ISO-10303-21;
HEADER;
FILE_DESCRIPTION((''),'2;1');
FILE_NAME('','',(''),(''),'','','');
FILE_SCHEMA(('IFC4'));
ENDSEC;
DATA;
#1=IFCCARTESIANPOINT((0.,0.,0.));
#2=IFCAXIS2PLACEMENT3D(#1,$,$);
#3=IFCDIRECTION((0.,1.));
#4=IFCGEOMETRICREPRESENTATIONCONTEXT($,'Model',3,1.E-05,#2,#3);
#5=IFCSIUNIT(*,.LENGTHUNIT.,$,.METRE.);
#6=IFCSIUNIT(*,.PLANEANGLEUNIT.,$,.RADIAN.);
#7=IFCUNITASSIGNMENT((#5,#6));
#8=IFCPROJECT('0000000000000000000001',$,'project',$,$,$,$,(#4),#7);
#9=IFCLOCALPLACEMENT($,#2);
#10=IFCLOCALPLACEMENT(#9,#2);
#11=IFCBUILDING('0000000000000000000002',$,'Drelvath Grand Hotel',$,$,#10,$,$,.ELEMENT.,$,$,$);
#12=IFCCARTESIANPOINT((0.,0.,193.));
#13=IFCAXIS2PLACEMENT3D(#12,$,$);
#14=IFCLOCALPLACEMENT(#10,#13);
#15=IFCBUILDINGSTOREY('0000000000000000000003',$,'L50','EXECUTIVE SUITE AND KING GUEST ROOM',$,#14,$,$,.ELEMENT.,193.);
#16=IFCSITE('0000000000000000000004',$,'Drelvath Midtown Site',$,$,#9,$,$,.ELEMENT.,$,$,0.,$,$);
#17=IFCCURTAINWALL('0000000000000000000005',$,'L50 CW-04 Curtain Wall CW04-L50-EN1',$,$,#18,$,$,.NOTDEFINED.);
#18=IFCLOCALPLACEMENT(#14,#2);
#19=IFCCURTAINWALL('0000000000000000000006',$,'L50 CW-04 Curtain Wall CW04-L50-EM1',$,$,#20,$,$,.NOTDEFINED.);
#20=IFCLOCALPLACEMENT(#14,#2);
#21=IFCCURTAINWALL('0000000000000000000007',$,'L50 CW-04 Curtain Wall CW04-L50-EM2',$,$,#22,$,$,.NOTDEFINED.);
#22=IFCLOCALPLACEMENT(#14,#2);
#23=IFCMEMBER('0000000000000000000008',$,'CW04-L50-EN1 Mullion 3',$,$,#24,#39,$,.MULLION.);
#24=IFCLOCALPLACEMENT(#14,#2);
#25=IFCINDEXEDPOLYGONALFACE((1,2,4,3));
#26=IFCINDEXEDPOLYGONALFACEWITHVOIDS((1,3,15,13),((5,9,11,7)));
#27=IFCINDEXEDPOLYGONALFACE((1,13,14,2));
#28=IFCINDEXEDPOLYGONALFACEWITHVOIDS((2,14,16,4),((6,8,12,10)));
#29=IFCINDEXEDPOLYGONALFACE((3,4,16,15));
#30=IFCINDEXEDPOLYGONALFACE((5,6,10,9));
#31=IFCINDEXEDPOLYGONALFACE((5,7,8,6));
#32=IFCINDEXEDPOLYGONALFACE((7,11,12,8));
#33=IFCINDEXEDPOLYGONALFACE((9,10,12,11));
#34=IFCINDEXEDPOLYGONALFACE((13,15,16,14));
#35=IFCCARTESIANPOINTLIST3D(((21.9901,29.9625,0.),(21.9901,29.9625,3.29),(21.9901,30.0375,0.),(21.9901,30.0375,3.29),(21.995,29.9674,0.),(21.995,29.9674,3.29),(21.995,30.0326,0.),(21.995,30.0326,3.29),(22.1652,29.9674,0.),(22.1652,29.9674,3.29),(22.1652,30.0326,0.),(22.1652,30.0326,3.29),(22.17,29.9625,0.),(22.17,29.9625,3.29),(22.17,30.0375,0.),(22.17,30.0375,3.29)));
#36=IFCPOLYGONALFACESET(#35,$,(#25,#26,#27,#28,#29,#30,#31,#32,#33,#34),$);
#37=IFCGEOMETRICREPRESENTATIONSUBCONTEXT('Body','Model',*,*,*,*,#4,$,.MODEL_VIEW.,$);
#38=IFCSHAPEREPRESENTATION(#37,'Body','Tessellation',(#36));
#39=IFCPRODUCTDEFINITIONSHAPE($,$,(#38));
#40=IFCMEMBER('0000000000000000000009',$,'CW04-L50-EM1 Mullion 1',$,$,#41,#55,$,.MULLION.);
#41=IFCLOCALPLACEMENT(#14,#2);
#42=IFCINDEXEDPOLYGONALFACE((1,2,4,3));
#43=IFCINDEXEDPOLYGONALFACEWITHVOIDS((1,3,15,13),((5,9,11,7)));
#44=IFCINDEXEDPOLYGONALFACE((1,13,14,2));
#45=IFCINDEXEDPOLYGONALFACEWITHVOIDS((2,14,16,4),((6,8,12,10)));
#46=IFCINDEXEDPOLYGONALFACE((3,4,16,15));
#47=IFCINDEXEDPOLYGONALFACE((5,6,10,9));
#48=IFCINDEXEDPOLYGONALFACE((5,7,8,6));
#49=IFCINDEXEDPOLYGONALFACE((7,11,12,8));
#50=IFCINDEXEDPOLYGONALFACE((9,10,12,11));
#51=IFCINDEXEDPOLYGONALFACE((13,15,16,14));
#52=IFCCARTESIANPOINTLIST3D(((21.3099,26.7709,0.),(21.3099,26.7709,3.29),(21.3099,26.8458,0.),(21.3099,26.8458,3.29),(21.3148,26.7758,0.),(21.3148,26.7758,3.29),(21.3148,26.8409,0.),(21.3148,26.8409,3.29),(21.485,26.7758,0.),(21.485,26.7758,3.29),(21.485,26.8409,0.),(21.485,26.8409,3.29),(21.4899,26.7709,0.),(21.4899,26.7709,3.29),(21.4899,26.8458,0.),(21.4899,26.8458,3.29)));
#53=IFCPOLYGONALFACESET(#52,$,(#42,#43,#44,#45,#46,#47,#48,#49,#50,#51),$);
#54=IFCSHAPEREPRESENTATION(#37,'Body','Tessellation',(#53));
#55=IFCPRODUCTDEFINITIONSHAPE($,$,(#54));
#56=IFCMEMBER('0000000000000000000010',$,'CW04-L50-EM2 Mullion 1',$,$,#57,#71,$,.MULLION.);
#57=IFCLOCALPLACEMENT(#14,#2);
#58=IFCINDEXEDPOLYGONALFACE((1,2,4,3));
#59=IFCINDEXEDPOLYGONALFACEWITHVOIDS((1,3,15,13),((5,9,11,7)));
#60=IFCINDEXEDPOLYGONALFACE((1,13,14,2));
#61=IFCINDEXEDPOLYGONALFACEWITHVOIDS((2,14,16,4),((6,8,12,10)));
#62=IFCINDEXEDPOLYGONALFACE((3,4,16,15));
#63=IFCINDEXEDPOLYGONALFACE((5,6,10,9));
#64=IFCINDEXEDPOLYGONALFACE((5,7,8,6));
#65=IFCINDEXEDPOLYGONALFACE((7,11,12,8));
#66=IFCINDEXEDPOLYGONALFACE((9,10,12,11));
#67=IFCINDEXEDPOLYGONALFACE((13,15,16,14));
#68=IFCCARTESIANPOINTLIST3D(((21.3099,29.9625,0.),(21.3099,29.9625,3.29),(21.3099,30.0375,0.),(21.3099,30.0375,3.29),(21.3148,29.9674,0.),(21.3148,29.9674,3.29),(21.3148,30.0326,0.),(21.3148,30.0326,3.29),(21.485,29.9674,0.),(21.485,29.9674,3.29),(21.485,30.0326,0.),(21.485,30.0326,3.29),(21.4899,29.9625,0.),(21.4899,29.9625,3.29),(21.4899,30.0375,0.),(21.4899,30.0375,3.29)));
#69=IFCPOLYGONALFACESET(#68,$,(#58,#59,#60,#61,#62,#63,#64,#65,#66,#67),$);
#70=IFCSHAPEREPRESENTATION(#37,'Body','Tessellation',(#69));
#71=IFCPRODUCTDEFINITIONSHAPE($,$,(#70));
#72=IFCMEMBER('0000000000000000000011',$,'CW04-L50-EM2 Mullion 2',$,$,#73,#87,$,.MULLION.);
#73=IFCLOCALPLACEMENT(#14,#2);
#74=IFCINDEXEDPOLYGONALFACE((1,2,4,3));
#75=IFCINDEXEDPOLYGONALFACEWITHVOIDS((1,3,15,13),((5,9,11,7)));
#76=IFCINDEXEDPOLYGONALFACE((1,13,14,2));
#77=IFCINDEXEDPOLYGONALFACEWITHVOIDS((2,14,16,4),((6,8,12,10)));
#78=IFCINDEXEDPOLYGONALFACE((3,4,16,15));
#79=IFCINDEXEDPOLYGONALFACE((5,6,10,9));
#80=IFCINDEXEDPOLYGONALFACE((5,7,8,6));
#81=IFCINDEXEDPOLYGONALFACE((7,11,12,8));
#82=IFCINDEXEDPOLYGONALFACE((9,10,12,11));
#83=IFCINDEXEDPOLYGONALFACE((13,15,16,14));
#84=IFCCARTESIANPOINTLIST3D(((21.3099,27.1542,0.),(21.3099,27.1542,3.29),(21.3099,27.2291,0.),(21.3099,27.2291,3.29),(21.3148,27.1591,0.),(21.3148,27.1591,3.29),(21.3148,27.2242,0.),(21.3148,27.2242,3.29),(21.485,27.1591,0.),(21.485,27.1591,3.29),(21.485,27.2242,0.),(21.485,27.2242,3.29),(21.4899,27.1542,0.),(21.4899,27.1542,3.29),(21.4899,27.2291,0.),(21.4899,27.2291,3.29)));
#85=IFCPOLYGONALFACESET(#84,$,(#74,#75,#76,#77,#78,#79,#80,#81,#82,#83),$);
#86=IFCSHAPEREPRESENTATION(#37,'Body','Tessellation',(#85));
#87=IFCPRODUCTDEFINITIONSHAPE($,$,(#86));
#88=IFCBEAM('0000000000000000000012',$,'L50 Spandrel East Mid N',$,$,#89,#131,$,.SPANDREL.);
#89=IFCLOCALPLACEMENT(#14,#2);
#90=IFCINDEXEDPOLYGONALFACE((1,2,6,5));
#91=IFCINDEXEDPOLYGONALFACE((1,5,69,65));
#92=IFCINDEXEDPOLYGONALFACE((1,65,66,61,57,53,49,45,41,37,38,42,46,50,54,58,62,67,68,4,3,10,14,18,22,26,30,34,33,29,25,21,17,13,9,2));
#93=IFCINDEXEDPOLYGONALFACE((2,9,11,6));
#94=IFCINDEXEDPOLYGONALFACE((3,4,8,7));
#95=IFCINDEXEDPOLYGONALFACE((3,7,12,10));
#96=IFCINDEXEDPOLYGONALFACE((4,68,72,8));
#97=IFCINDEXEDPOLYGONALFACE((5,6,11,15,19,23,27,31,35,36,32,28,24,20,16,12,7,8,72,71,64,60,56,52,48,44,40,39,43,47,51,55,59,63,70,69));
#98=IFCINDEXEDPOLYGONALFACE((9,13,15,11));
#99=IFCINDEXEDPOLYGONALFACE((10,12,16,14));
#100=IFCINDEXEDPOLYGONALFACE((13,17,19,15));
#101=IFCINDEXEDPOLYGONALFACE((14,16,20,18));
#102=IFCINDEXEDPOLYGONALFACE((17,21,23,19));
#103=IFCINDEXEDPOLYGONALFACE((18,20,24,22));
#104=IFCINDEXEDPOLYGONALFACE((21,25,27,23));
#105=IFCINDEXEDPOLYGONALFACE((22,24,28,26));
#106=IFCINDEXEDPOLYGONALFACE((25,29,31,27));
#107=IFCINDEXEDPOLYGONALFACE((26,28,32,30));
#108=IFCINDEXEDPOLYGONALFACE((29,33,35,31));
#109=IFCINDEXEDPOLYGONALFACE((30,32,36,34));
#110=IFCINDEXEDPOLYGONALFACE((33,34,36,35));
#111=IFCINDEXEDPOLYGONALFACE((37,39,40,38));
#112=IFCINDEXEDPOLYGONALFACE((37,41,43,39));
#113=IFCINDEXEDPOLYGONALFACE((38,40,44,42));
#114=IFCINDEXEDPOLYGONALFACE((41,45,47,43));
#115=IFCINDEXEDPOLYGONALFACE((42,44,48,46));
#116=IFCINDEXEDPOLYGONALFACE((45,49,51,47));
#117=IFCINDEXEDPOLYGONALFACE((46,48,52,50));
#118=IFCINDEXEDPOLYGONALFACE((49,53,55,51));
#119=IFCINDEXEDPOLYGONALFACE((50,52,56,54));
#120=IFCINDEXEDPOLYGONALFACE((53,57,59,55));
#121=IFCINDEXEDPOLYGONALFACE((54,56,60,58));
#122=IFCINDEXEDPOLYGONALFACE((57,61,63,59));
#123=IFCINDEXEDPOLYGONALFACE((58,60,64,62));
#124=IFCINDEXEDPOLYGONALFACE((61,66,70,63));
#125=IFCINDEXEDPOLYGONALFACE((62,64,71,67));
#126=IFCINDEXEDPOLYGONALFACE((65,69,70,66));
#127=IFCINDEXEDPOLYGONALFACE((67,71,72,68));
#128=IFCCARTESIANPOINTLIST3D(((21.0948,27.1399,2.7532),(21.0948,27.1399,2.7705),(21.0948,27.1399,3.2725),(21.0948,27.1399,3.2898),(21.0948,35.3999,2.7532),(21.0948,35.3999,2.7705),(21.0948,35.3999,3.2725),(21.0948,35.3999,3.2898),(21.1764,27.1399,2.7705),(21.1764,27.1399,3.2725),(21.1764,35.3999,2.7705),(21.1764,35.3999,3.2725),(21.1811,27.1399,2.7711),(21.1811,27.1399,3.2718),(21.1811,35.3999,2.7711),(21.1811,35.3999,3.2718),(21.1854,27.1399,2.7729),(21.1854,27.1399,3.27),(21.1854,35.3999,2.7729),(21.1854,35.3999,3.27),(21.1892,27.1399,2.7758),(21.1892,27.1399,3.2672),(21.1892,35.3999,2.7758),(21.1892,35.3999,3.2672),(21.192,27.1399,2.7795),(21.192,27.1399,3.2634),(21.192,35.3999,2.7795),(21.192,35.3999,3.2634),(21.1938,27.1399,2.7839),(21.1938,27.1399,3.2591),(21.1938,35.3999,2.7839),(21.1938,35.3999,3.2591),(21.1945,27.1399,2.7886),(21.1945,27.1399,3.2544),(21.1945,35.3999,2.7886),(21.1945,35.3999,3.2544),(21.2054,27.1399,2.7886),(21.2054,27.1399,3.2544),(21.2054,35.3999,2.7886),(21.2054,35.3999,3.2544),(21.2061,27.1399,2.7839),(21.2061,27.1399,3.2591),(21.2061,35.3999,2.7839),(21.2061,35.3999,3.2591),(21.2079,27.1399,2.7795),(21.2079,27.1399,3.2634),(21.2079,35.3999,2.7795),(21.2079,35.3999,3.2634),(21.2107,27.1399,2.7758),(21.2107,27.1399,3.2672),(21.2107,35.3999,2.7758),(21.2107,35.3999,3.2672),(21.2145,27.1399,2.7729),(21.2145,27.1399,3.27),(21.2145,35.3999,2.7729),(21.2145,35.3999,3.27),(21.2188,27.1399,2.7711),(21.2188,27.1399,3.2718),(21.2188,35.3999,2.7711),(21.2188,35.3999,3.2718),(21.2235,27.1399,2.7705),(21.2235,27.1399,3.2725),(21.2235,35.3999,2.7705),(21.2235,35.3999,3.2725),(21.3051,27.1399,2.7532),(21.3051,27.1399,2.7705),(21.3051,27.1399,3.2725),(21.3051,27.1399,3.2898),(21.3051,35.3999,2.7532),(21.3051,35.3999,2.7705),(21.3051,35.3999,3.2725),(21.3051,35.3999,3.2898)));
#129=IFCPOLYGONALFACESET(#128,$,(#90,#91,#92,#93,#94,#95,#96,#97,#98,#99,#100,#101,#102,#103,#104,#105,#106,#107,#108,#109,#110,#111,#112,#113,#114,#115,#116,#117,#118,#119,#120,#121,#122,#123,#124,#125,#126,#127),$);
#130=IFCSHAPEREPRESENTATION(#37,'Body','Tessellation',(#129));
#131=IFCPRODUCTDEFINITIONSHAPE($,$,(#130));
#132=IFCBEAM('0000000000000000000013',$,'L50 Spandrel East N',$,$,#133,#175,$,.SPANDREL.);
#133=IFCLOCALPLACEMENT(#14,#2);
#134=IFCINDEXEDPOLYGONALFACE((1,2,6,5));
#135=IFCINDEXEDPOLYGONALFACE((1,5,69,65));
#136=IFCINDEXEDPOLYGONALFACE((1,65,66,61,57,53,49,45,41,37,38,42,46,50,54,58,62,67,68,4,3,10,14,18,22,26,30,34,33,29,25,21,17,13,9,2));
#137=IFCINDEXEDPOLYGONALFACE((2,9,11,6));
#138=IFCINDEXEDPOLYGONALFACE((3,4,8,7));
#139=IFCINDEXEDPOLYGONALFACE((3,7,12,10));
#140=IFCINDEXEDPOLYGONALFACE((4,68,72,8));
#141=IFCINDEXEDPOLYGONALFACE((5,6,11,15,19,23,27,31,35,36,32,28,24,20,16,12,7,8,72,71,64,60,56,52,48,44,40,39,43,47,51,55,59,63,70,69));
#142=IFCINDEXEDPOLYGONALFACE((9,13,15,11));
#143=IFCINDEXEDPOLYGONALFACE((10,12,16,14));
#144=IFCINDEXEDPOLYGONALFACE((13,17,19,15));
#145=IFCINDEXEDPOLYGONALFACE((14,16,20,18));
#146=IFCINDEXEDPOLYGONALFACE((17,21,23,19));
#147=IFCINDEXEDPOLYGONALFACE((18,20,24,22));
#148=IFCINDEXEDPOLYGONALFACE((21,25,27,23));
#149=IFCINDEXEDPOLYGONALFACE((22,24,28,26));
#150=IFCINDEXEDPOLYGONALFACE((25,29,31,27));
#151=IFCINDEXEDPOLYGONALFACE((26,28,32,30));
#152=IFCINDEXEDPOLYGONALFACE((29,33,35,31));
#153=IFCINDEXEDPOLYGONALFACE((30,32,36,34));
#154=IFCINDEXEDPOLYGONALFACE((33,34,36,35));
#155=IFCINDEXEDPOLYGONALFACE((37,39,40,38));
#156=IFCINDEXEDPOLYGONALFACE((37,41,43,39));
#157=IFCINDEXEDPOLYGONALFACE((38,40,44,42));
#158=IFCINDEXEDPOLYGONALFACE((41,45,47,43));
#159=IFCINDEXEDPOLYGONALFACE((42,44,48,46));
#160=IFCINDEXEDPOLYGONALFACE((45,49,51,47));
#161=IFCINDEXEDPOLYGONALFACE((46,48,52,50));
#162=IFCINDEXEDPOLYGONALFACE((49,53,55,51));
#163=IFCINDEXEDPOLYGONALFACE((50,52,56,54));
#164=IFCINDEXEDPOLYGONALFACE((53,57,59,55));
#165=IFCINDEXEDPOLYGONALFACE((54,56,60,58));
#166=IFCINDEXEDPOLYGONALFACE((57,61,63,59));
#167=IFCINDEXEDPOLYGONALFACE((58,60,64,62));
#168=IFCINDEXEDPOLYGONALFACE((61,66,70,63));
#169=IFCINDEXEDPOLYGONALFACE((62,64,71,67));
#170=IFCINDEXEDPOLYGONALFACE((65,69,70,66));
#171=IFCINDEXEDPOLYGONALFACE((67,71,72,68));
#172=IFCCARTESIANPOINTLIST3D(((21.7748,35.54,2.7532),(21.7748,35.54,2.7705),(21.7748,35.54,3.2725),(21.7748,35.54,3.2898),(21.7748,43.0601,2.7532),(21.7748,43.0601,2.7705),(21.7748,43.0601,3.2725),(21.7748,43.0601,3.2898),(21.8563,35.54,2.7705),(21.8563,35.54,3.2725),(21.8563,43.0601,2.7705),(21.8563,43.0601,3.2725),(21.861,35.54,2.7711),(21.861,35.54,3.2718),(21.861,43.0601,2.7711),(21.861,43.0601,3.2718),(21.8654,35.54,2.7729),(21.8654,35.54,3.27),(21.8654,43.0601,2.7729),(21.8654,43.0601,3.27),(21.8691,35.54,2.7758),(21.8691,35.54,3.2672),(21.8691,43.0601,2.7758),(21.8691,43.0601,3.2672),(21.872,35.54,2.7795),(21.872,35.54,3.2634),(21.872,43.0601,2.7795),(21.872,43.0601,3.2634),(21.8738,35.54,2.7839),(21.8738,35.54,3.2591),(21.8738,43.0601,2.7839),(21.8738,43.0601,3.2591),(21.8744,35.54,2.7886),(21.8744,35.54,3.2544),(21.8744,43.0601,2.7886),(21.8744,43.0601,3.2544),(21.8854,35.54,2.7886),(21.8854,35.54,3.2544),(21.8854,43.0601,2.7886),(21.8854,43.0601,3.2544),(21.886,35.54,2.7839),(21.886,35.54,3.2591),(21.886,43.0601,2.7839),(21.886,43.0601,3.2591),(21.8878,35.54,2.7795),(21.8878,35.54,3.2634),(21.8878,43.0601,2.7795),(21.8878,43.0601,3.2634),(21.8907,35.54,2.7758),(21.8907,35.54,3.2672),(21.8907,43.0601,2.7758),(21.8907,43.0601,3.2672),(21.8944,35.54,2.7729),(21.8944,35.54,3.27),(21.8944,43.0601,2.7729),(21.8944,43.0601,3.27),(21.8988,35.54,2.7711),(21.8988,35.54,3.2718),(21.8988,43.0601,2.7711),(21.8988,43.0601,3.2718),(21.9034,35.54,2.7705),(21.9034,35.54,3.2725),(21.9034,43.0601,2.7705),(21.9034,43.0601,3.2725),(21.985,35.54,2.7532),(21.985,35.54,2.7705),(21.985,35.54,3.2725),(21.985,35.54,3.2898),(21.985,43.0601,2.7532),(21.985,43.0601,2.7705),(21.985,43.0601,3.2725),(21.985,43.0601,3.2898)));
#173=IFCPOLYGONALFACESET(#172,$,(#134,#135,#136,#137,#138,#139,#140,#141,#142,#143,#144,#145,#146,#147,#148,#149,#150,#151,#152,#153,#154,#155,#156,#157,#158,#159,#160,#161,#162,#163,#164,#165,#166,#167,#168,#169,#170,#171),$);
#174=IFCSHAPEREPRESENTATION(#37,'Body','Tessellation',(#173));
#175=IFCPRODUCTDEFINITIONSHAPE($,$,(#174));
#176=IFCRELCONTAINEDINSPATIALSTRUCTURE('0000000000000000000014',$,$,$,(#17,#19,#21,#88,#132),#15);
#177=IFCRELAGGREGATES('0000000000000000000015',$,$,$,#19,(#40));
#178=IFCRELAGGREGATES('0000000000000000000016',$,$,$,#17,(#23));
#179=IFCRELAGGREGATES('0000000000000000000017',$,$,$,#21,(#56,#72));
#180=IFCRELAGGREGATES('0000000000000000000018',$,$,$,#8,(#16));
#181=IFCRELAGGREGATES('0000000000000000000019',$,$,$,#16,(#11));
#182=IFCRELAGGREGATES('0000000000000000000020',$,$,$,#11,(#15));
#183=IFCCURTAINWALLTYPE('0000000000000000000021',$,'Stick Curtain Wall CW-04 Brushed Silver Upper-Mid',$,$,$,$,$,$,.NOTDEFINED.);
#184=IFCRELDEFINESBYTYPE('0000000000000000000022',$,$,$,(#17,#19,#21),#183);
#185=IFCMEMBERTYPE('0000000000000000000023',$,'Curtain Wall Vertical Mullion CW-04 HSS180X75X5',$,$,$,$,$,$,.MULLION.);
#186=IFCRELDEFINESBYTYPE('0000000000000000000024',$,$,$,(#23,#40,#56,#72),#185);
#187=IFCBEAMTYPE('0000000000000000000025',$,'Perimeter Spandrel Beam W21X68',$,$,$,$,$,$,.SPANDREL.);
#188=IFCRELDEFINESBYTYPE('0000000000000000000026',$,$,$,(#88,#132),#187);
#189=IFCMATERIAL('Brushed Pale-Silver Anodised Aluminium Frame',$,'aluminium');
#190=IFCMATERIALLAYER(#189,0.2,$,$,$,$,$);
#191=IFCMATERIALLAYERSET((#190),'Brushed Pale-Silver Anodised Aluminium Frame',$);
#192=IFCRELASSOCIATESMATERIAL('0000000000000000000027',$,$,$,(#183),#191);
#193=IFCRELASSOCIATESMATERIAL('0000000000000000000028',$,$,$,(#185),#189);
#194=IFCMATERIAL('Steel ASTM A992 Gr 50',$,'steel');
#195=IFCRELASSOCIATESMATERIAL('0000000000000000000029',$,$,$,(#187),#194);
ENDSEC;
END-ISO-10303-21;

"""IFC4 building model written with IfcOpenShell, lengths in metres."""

from ifc_helpers import new_model, si_unit, direction, frame, origin, origin_2d, place, context, subcontext, project, spatial, hollow_rectangle, i_section, extrude, material, layer, layer_set, material_profile, profile_set, type_object, element, aggregate, save


model = new_model("IFC4")

# Units and contexts
model_context = context("Model", 3, precision=1e-05, world=origin(), true_north=direction((0.0, 1.0)))
body_context = subcontext(model_context, "Body", "Model", "MODEL_VIEW")
ifc_project = project(units=[si_unit("LENGTHUNIT", "METRE"), si_unit("PLANEANGLEUNIT", "RADIAN")], contexts=[model_context])

# Site, building, storey
site_placement = place(None, origin())
site = spatial("IfcSite", under=ifc_project, at=site_placement, Name="Drelvath Midtown Site", CompositionType="ELEMENT", RefElevation=0.0)
building_placement = place(site_placement, origin())
building = spatial("IfcBuilding", under=site, at=building_placement, Name="Drelvath Grand Hotel", CompositionType="ELEMENT")
storey_placement = place(building_placement, frame((0.0, 0.0, 193.0)))
storey = spatial("IfcBuildingStorey", under=building, at=storey_placement, Name="L50", Description="EXECUTIVE SUITE AND KING GUEST ROOM", CompositionType="ELEMENT", Elevation=193.0)

# Curtain walls
ifc_material_1 = material(Name="Brushed Pale-Silver Anodised Aluminium Frame", Category="aluminium")
ifc_layer_1 = layer(ifc_material_1, 0.2)
ifc_layer_set_1 = layer_set([ifc_layer_1], Name="Brushed Pale-Silver Anodised Aluminium Frame")
curtain_wall_type = type_object("IfcCurtainWallType", Name="Stick Curtain Wall CW-04 Brushed Silver Upper-Mid", PredefinedType="NOTDEFINED", material=ifc_layer_set_1)
curtain_wall_1_placement = place(storey_placement, origin())
curtain_wall_1 = element("IfcCurtainWall", 1, at=curtain_wall_1_placement, inside=storey, type_object=curtain_wall_type, Name="L50 CW-04 Curtain Wall CW04-L50-EN1", PredefinedType="NOTDEFINED")
curtain_wall_2_placement = place(storey_placement, origin())
curtain_wall_2 = element("IfcCurtainWall", 2, at=curtain_wall_2_placement, inside=storey, type_object=curtain_wall_type, Name="L50 CW-04 Curtain Wall CW04-L50-EM1", PredefinedType="NOTDEFINED")
curtain_wall_3_placement = place(storey_placement, origin())
curtain_wall_3 = element("IfcCurtainWall", 3, at=curtain_wall_3_placement, inside=storey, type_object=curtain_wall_type, Name="L50 CW-04 Curtain Wall CW04-L50-EM2", PredefinedType="NOTDEFINED")

# Members
ifc_material_profile_1 = material_profile(ifc_material_1, hollow_rectangle(XDim=0.075, YDim=0.1799, WallThickness=0.0049, at=origin_2d()), Name="HSS180X75X5")
ifc_profile_set_1 = profile_set([ifc_material_profile_1], Name="Brushed Pale-Silver Anodised Aluminium Frame")
member_type_1 = type_object("IfcMemberType", Name="Curtain Wall Vertical Mullion CW-04 HSS180X75X5", PredefinedType="MULLION", material=ifc_profile_set_1)
member_1_placement = place(storey_placement, frame((22.0801, 30.0, 0.0), z_axis=(0.0, 0.0, 1.0), x_axis=(0.0, 1.0, 0.0)))
member_1 = element("IfcMember", 4, at=member_1_placement, type_object=member_type_1, Name="CW04-L50-EN1 Mullion 3", PredefinedType="MULLION", context=body_context, shape_type="SweptSolid", body=[
    extrude(hollow_rectangle(XDim=0.075, YDim=0.1799, WallThickness=0.0049, at=origin_2d()), origin(), (0.0, 0.0, 1.0), 3.29),
])
member_2_placement = place(storey_placement, frame((21.3999, 26.8083, 0.0), z_axis=(0.0, 0.0, 1.0), x_axis=(0.0, 1.0, 0.0)))
member_2 = element("IfcMember", 5, at=member_2_placement, type_object=member_type_1, Name="CW04-L50-EM1 Mullion 1", PredefinedType="MULLION", context=body_context, shape_type="SweptSolid", body=[
    extrude(hollow_rectangle(XDim=0.075, YDim=0.1799, WallThickness=0.0049, at=origin_2d()), origin(), (0.0, 0.0, 1.0), 3.29),
])
aggregate(curtain_wall_2, [member_2])
member_3_placement = place(storey_placement, frame((21.3999, 30.0, 0.0), z_axis=(0.0, 0.0, 1.0), x_axis=(0.0, 1.0, 0.0)))
member_3 = element("IfcMember", 6, at=member_3_placement, type_object=member_type_1, Name="CW04-L50-EM2 Mullion 1", PredefinedType="MULLION", context=body_context, shape_type="SweptSolid", body=[
    extrude(hollow_rectangle(XDim=0.075, YDim=0.1799, WallThickness=0.0049, at=origin_2d()), origin(), (0.0, 0.0, 1.0), 3.29),
])
member_4_placement = place(storey_placement, frame((21.3999, 27.1917, 0.0), z_axis=(0.0, 0.0, 1.0), x_axis=(0.0, 1.0, 0.0)))
member_4 = element("IfcMember", 7, at=member_4_placement, type_object=member_type_1, Name="CW04-L50-EM2 Mullion 2", PredefinedType="MULLION", context=body_context, shape_type="SweptSolid", body=[
    extrude(hollow_rectangle(XDim=0.075, YDim=0.1799, WallThickness=0.0049, at=origin_2d()), origin(), (0.0, 0.0, 1.0), 3.29),
])

# Beams
ifc_material_2 = material(Name="Steel ASTM A992 Gr 50", Category="steel")
ifc_material_profile_2 = material_profile(ifc_material_2, i_section(OverallWidth=0.2102, OverallDepth=0.5366, WebThickness=0.011, FlangeThickness=0.0173, FilletRadius=0.0181, at=origin_2d()), Name="W21X68")
ifc_profile_set_2 = profile_set([ifc_material_profile_2], Name="Steel ASTM A992 Gr 50")
beam_type_1 = type_object("IfcBeamType", Name="Perimeter Spandrel Beam W21X68", PredefinedType="SPANDREL", material=ifc_profile_set_2)
beam_1_placement = place(storey_placement, frame((21.2, 27.1399, 3.0215), z_axis=(0.0, 1.0, 0.0), x_axis=(-1.0, 0.0, 0.0)))
element("IfcBeam", 8, at=beam_1_placement, inside=storey, type_object=beam_type_1, Name="L50 Spandrel East Mid N", PredefinedType="SPANDREL", context=body_context, shape_type="SweptSolid", body=[
    extrude(i_section(OverallWidth=0.2102, OverallDepth=0.5366, WebThickness=0.011, FlangeThickness=0.0173, FilletRadius=0.0181, at=origin_2d()), origin(), (0.0, 0.0, 1.0), 8.26),
])
beam_2_placement = place(storey_placement, frame((21.8799, 35.54, 3.0215), z_axis=(0.0, 1.0, 0.0), x_axis=(-1.0, 0.0, 0.0)))
element("IfcBeam", 9, at=beam_2_placement, inside=storey, type_object=beam_type_1, Name="L50 Spandrel East N", PredefinedType="SPANDREL", context=body_context, shape_type="SweptSolid", body=[
    extrude(i_section(OverallWidth=0.2102, OverallDepth=0.5366, WebThickness=0.011, FlangeThickness=0.0173, FilletRadius=0.0181, at=origin_2d()), origin(), (0.0, 0.0, 1.0), 7.52),
])

aggregate(curtain_wall_1, [member_1])
aggregate(curtain_wall_3, [member_3, member_4])

save(model, "model.ifc")
